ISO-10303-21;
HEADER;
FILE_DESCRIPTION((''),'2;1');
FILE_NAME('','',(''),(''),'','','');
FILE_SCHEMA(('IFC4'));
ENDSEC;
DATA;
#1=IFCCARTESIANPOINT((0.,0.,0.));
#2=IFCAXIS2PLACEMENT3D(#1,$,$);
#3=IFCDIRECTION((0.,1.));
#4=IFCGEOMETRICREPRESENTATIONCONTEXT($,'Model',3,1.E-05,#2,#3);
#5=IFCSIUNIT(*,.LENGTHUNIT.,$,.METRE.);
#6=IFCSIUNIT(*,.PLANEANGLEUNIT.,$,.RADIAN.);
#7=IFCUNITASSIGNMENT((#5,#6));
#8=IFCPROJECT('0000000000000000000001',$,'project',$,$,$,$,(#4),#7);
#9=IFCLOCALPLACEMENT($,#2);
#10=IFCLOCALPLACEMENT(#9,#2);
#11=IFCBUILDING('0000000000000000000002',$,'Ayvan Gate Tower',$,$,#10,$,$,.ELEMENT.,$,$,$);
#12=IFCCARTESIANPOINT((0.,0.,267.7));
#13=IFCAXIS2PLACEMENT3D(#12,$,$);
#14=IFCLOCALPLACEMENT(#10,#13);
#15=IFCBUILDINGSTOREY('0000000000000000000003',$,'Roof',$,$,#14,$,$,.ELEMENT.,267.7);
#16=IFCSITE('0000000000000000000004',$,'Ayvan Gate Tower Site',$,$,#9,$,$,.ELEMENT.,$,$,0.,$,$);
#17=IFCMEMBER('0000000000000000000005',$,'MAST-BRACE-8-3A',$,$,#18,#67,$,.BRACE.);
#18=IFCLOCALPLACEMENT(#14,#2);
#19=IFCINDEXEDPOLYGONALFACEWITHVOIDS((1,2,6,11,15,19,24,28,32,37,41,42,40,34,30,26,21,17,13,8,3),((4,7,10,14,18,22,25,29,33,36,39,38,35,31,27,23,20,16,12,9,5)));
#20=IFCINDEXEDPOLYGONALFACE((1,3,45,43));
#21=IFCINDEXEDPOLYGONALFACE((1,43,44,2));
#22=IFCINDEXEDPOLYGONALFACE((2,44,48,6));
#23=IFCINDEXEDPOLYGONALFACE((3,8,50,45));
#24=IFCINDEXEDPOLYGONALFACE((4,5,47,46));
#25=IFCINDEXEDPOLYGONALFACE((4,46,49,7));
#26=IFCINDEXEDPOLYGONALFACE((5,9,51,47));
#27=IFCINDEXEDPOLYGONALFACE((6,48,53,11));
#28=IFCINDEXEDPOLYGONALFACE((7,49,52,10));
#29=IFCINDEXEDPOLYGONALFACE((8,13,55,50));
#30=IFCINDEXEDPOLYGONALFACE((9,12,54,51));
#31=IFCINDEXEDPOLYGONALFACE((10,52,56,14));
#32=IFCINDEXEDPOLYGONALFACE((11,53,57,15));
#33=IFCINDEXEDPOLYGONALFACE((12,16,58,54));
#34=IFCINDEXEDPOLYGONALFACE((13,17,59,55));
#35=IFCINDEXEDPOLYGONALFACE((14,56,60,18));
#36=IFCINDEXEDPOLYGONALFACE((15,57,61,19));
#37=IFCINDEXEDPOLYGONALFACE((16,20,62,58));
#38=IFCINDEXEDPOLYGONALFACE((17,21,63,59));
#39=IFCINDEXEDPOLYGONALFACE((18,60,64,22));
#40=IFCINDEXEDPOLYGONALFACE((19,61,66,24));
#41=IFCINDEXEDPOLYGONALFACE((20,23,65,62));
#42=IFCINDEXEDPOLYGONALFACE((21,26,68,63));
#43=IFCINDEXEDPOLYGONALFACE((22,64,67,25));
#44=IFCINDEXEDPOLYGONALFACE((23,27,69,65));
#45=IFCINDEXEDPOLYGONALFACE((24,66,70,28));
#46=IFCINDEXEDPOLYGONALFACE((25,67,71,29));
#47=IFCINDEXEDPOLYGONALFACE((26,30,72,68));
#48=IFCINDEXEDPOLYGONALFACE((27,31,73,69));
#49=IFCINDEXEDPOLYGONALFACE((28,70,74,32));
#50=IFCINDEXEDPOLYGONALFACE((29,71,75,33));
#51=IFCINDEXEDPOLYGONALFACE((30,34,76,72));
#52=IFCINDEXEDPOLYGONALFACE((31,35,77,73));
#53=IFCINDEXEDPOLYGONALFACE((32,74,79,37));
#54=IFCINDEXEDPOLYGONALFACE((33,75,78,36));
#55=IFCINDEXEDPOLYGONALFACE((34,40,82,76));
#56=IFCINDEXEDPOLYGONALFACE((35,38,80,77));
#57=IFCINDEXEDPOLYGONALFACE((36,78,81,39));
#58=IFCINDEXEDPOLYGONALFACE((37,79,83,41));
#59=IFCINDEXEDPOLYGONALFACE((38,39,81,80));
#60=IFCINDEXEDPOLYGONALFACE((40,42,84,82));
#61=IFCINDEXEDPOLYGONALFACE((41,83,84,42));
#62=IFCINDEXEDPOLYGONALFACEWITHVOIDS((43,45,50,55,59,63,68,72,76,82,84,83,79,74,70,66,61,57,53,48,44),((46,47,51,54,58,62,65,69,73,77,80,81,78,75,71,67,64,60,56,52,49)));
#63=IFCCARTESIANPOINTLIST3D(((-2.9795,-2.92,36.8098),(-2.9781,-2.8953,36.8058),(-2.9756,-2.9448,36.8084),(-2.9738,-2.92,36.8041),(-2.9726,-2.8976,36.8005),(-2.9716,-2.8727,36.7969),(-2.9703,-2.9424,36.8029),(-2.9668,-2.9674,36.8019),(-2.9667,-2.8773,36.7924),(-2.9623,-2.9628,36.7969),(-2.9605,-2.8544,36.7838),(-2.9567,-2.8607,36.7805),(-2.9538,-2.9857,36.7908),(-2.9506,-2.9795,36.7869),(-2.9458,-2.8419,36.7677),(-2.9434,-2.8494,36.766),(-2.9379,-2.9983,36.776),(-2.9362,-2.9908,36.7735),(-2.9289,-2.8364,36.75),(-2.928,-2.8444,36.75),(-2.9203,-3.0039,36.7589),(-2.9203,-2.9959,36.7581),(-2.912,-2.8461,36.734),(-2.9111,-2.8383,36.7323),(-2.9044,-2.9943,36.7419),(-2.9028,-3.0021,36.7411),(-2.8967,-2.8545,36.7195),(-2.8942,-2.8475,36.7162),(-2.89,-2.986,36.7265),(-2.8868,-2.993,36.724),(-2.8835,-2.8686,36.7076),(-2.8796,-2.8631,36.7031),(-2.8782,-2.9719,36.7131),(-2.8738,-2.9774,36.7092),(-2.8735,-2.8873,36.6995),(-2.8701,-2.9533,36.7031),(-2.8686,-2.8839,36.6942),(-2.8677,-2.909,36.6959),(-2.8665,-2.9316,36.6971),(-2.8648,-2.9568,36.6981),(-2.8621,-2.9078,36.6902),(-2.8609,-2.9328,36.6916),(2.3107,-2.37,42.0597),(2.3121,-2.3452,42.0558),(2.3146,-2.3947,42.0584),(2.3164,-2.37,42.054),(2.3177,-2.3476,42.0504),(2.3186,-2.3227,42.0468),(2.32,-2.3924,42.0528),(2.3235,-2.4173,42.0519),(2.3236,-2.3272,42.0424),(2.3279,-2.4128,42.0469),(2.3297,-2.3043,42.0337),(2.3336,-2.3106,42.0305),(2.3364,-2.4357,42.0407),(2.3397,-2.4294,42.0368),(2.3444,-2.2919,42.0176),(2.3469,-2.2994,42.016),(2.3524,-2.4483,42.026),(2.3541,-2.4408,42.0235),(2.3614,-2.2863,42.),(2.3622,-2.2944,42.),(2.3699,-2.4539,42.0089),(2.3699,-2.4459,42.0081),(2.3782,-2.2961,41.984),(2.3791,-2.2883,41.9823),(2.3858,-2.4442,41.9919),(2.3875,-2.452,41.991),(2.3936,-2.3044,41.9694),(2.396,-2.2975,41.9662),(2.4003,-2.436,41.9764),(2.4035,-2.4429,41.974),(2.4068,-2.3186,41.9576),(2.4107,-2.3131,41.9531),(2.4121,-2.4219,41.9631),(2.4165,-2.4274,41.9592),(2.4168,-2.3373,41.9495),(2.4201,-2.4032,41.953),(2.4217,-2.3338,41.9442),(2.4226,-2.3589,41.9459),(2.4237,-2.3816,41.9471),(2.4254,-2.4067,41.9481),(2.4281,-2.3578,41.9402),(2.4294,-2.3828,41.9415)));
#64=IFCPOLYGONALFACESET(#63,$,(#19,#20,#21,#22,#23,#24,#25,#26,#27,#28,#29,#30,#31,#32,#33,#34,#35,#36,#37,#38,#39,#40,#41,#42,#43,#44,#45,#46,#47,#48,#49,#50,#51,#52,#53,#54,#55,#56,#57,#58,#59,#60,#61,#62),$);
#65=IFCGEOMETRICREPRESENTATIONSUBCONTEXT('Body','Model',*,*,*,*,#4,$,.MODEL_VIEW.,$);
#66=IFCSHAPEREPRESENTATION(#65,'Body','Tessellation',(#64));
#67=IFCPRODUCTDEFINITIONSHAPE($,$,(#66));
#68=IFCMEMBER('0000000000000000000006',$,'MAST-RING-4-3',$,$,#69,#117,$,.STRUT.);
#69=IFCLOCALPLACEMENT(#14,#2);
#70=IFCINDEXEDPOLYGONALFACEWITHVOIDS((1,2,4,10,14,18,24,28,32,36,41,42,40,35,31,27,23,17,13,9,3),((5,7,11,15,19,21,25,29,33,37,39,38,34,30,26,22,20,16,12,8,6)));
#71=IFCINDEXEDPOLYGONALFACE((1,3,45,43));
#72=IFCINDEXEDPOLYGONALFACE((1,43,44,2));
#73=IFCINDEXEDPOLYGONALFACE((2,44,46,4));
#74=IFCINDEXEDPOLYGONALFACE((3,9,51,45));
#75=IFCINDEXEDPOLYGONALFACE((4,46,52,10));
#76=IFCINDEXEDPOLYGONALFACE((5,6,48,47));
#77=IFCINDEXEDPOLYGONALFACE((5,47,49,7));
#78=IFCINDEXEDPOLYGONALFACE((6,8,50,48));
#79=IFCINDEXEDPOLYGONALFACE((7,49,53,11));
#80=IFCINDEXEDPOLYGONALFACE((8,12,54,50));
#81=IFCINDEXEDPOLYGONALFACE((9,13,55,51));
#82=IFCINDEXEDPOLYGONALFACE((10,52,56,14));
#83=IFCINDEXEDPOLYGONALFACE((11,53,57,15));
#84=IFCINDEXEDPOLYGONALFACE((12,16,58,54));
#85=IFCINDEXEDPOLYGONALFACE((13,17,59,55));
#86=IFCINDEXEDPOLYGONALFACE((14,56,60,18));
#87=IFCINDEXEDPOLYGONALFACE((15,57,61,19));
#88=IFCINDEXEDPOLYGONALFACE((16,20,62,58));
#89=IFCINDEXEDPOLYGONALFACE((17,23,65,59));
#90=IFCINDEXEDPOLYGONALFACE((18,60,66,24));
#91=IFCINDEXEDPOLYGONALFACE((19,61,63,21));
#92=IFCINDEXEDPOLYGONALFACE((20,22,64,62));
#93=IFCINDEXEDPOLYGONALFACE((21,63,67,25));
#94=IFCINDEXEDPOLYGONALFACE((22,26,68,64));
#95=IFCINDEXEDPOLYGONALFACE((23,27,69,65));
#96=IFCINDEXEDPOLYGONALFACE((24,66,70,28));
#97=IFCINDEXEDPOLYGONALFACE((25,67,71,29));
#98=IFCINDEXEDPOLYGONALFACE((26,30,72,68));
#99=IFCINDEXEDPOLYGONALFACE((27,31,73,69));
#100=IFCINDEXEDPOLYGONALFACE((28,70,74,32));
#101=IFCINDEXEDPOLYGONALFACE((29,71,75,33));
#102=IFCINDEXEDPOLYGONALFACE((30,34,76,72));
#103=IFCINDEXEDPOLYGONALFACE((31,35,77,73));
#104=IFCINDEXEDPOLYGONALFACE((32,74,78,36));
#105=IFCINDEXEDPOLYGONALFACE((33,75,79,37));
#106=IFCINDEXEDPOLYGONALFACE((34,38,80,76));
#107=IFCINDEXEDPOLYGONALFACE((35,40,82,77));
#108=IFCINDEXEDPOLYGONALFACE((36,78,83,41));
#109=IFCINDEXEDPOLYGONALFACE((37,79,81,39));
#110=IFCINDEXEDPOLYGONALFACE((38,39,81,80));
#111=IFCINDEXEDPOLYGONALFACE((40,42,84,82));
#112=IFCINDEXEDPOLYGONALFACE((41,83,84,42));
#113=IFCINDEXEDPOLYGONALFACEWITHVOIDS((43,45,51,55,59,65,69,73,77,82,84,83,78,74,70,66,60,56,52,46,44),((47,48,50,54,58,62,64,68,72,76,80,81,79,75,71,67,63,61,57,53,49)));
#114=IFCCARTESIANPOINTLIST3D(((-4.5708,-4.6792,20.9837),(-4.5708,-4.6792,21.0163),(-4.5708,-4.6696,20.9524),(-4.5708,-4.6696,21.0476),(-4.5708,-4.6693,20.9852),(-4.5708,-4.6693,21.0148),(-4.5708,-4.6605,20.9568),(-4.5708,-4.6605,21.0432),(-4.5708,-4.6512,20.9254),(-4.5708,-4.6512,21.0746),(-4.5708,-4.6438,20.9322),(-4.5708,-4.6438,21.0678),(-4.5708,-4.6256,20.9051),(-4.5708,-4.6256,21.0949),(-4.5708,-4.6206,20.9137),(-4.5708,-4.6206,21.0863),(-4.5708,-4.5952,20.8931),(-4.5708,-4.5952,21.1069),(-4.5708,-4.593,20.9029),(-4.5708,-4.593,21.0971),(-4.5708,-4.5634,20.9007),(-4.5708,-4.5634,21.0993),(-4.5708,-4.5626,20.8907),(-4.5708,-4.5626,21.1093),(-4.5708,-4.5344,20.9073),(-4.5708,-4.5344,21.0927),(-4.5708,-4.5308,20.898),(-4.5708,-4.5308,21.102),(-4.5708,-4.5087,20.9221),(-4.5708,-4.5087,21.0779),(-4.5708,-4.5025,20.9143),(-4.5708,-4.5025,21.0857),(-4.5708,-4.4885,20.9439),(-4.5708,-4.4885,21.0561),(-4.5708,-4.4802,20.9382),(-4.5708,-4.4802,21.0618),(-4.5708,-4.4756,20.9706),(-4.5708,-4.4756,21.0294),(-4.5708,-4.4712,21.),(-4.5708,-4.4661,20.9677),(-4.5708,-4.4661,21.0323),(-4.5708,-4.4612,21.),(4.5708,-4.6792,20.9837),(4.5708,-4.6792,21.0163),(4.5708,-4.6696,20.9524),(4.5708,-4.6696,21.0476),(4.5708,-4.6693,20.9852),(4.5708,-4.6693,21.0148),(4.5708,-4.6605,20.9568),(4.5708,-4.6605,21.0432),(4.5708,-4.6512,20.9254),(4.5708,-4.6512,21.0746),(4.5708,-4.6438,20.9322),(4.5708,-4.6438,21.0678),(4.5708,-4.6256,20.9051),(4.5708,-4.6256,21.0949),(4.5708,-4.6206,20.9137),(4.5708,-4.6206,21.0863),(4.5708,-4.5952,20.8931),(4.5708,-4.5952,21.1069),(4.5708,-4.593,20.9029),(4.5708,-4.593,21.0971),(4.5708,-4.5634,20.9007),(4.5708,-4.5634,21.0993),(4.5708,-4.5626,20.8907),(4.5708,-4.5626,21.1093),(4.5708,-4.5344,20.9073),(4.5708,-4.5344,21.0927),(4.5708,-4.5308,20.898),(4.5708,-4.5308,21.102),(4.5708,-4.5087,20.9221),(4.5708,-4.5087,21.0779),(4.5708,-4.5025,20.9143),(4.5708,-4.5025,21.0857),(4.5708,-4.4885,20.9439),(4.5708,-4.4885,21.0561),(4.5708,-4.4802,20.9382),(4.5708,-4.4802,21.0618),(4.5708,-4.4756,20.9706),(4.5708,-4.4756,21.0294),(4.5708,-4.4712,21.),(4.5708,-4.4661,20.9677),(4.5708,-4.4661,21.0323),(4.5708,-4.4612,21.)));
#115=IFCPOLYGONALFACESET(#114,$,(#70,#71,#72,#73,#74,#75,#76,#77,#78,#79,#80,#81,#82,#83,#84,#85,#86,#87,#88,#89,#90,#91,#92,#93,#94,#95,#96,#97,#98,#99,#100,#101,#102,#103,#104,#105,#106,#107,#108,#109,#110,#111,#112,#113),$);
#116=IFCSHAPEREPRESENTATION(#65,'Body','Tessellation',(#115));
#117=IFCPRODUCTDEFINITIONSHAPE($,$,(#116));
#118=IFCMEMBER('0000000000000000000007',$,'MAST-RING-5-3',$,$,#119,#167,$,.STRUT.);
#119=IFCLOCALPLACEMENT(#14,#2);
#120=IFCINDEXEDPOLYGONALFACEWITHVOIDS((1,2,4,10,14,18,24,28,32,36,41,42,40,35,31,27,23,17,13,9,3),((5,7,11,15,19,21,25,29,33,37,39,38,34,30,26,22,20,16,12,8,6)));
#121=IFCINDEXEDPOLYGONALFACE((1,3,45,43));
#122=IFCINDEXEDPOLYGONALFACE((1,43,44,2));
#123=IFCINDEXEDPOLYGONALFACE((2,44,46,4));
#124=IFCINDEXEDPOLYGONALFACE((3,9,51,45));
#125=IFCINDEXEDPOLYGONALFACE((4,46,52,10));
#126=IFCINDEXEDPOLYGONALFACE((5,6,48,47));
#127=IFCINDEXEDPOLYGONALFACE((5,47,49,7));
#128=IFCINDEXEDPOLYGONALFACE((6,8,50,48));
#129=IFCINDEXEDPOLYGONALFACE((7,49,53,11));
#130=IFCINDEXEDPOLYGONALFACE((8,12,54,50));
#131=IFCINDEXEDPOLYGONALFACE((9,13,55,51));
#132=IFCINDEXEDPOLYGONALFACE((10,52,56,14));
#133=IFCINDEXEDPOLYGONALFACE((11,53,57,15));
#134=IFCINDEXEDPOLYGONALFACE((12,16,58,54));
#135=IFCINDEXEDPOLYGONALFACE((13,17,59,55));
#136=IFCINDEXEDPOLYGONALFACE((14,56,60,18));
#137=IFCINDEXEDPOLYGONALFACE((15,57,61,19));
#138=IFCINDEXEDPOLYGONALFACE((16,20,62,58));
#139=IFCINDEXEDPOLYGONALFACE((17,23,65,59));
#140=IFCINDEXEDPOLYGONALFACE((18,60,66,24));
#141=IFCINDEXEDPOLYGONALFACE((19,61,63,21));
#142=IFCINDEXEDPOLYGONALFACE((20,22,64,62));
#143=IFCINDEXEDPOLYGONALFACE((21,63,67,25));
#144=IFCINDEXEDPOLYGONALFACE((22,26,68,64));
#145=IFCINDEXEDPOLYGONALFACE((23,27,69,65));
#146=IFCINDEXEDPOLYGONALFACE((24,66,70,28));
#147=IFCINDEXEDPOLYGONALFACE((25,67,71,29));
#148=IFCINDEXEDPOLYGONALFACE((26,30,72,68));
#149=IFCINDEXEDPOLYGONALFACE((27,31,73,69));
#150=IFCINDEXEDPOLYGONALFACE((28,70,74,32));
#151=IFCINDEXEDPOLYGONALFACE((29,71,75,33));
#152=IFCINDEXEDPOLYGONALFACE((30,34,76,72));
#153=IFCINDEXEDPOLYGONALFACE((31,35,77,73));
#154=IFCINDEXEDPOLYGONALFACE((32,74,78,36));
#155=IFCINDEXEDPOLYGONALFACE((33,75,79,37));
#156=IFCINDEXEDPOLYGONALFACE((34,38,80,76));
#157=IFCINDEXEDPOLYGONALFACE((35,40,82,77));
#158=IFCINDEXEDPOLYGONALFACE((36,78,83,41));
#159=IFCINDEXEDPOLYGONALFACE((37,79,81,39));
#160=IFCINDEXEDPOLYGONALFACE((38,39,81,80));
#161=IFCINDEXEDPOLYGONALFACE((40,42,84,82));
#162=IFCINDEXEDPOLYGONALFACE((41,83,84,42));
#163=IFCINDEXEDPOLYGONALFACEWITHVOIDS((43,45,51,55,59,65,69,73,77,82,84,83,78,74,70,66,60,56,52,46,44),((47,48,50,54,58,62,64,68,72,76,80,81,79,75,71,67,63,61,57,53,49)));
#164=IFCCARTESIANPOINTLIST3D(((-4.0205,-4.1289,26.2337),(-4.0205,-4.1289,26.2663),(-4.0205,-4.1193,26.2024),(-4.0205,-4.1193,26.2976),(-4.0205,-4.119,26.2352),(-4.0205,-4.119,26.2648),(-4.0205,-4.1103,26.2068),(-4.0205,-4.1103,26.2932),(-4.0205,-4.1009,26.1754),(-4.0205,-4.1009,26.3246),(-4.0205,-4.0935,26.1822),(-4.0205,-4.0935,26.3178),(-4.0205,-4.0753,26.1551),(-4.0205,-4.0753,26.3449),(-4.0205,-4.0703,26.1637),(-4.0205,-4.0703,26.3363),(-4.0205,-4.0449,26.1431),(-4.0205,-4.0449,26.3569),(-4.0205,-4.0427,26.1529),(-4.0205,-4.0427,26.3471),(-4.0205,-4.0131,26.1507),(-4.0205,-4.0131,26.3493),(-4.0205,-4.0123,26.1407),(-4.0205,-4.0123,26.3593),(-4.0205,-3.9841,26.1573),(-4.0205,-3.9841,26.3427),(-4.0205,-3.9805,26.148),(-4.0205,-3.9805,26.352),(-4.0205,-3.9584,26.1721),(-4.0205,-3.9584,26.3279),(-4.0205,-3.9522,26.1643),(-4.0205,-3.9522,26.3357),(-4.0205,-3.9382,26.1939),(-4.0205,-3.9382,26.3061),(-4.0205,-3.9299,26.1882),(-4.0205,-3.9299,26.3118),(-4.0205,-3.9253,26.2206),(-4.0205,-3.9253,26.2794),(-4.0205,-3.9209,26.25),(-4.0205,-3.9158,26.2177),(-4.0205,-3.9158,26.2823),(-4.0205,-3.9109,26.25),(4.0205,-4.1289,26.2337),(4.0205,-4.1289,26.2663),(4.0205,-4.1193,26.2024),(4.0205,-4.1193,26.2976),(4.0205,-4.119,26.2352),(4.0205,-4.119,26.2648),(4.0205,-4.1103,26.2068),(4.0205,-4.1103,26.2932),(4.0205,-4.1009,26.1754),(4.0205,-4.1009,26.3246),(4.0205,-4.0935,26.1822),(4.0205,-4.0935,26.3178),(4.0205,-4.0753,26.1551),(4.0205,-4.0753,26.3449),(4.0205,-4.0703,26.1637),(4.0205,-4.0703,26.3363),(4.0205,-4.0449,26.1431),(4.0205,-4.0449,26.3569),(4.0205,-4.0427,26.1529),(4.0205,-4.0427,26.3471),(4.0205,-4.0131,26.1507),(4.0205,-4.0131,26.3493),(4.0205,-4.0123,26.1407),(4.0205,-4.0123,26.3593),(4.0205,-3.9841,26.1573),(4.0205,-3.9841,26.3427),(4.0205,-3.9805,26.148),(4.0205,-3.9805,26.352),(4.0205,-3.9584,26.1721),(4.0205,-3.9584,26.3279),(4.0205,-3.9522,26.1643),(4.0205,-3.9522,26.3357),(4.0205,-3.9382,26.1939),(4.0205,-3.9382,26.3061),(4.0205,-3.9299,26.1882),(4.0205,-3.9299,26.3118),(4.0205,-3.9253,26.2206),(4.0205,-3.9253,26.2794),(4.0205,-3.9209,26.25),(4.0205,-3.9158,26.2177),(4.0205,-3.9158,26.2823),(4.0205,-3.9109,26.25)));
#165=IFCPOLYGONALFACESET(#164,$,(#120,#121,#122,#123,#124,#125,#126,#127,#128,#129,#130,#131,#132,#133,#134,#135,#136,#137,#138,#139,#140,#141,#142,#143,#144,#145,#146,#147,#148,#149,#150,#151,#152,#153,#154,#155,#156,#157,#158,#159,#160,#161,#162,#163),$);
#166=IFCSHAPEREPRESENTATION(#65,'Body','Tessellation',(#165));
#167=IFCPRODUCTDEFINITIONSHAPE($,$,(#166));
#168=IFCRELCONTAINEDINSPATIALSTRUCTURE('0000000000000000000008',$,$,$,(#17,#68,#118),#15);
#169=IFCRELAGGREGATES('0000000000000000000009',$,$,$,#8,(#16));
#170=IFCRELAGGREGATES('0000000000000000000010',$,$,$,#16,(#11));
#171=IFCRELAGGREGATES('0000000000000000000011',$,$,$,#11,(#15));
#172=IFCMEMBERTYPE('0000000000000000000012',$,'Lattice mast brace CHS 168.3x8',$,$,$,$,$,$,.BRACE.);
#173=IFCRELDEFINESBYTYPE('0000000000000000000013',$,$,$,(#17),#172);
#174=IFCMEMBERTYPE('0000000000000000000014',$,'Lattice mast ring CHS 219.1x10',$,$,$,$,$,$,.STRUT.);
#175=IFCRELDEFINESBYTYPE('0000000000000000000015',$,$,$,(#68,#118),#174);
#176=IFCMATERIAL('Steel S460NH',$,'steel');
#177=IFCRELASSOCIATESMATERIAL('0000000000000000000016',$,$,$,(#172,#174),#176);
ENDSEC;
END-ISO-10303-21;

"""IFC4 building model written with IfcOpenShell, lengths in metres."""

from ifc_helpers import new_model, si_unit, direction, frame, origin, origin_2d, place, context, subcontext, project, spatial, hollow_circle, extrude, material, material_profile, profile_set, type_object, element, save


model = new_model("IFC4")

# Units and contexts
model_context = context("Model", 3, precision=1e-05, world=origin(), true_north=direction((0.0, 1.0)))
body_context = subcontext(model_context, "Body", "Model", "MODEL_VIEW")
ifc_project = project(units=[si_unit("LENGTHUNIT", "METRE"), si_unit("PLANEANGLEUNIT", "RADIAN")], contexts=[model_context])

# Site, building, storey
site_placement = place(None, origin())
site = spatial("IfcSite", under=ifc_project, at=site_placement, Name="Ayvan Gate Tower Site", CompositionType="ELEMENT", RefElevation=0.0)
building_placement = place(site_placement, origin())
building = spatial("IfcBuilding", under=site, at=building_placement, Name="Ayvan Gate Tower", CompositionType="ELEMENT")
storey_placement = place(building_placement, frame((0.0, 0.0, 267.7)))
storey = spatial("IfcBuildingStorey", under=building, at=storey_placement, Name="Roof", CompositionType="ELEMENT", Elevation=267.7)

# Members
ifc_material_1 = material(Name="Steel S460NH", Category="steel")
ifc_material_profile_1 = material_profile(ifc_material_1, hollow_circle(Radius=0.0842, WallThickness=0.0081, at=origin_2d()), Name="CHS 168.3x8")
ifc_profile_set_1 = profile_set([ifc_material_profile_1], Name="Steel S460NH")
member_type_1 = type_object("IfcMemberType", Name="Lattice mast brace CHS 168.3x8", PredefinedType="BRACE", material=ifc_profile_set_1)
member_1_placement = place(storey_placement, frame((-2.9202, -2.9202, 36.75), z_axis=(0.707879, 0.073601, 0.702489), x_axis=(-0.103416, 0.994638, 0.0)))
element("IfcMember", 1, at=member_1_placement, inside=storey, type_object=member_type_1, Name="MAST-BRACE-8-3A", PredefinedType="BRACE", context=body_context, shape_type="SweptSolid", body=[
    extrude(hollow_circle(Radius=0.0842, WallThickness=0.0081, at=origin_2d()), origin(), (0.0, 0.0, 1.0), 7.4734),
])
ifc_material_profile_2 = material_profile(ifc_material_1, hollow_circle(Radius=0.1096, WallThickness=0.01, at=origin_2d()), Name="CHS 219.1x10")
ifc_profile_set_2 = profile_set([ifc_material_profile_2], Name="Steel S460NH")
member_type_2 = type_object("IfcMemberType", Name="Lattice mast ring CHS 219.1x10", PredefinedType="STRUT", material=ifc_profile_set_2)
member_2_placement = place(storey_placement, frame((-4.5708, -4.5708, 21.0), z_axis=(1.0, 0.0, 0.0), x_axis=(0.0, 1.0, 0.0)))
element("IfcMember", 2, at=member_2_placement, inside=storey, type_object=member_type_2, Name="MAST-RING-4-3", PredefinedType="STRUT", context=body_context, shape_type="SweptSolid", body=[
    extrude(hollow_circle(Radius=0.1096, WallThickness=0.01, at=origin_2d()), origin(), (0.0, 0.0, 1.0), 9.1416),
])
member_3_placement = place(storey_placement, frame((-4.0205, -4.0205, 26.25), z_axis=(1.0, 0.0, 0.0), x_axis=(0.0, 1.0, 0.0)))
element("IfcMember", 3, at=member_3_placement, inside=storey, type_object=member_type_2, Name="MAST-RING-5-3", PredefinedType="STRUT", context=body_context, shape_type="SweptSolid", body=[
    extrude(hollow_circle(Radius=0.1096, WallThickness=0.01, at=origin_2d()), origin(), (0.0, 0.0, 1.0), 8.041),
])

save(model, "model.ifc")
